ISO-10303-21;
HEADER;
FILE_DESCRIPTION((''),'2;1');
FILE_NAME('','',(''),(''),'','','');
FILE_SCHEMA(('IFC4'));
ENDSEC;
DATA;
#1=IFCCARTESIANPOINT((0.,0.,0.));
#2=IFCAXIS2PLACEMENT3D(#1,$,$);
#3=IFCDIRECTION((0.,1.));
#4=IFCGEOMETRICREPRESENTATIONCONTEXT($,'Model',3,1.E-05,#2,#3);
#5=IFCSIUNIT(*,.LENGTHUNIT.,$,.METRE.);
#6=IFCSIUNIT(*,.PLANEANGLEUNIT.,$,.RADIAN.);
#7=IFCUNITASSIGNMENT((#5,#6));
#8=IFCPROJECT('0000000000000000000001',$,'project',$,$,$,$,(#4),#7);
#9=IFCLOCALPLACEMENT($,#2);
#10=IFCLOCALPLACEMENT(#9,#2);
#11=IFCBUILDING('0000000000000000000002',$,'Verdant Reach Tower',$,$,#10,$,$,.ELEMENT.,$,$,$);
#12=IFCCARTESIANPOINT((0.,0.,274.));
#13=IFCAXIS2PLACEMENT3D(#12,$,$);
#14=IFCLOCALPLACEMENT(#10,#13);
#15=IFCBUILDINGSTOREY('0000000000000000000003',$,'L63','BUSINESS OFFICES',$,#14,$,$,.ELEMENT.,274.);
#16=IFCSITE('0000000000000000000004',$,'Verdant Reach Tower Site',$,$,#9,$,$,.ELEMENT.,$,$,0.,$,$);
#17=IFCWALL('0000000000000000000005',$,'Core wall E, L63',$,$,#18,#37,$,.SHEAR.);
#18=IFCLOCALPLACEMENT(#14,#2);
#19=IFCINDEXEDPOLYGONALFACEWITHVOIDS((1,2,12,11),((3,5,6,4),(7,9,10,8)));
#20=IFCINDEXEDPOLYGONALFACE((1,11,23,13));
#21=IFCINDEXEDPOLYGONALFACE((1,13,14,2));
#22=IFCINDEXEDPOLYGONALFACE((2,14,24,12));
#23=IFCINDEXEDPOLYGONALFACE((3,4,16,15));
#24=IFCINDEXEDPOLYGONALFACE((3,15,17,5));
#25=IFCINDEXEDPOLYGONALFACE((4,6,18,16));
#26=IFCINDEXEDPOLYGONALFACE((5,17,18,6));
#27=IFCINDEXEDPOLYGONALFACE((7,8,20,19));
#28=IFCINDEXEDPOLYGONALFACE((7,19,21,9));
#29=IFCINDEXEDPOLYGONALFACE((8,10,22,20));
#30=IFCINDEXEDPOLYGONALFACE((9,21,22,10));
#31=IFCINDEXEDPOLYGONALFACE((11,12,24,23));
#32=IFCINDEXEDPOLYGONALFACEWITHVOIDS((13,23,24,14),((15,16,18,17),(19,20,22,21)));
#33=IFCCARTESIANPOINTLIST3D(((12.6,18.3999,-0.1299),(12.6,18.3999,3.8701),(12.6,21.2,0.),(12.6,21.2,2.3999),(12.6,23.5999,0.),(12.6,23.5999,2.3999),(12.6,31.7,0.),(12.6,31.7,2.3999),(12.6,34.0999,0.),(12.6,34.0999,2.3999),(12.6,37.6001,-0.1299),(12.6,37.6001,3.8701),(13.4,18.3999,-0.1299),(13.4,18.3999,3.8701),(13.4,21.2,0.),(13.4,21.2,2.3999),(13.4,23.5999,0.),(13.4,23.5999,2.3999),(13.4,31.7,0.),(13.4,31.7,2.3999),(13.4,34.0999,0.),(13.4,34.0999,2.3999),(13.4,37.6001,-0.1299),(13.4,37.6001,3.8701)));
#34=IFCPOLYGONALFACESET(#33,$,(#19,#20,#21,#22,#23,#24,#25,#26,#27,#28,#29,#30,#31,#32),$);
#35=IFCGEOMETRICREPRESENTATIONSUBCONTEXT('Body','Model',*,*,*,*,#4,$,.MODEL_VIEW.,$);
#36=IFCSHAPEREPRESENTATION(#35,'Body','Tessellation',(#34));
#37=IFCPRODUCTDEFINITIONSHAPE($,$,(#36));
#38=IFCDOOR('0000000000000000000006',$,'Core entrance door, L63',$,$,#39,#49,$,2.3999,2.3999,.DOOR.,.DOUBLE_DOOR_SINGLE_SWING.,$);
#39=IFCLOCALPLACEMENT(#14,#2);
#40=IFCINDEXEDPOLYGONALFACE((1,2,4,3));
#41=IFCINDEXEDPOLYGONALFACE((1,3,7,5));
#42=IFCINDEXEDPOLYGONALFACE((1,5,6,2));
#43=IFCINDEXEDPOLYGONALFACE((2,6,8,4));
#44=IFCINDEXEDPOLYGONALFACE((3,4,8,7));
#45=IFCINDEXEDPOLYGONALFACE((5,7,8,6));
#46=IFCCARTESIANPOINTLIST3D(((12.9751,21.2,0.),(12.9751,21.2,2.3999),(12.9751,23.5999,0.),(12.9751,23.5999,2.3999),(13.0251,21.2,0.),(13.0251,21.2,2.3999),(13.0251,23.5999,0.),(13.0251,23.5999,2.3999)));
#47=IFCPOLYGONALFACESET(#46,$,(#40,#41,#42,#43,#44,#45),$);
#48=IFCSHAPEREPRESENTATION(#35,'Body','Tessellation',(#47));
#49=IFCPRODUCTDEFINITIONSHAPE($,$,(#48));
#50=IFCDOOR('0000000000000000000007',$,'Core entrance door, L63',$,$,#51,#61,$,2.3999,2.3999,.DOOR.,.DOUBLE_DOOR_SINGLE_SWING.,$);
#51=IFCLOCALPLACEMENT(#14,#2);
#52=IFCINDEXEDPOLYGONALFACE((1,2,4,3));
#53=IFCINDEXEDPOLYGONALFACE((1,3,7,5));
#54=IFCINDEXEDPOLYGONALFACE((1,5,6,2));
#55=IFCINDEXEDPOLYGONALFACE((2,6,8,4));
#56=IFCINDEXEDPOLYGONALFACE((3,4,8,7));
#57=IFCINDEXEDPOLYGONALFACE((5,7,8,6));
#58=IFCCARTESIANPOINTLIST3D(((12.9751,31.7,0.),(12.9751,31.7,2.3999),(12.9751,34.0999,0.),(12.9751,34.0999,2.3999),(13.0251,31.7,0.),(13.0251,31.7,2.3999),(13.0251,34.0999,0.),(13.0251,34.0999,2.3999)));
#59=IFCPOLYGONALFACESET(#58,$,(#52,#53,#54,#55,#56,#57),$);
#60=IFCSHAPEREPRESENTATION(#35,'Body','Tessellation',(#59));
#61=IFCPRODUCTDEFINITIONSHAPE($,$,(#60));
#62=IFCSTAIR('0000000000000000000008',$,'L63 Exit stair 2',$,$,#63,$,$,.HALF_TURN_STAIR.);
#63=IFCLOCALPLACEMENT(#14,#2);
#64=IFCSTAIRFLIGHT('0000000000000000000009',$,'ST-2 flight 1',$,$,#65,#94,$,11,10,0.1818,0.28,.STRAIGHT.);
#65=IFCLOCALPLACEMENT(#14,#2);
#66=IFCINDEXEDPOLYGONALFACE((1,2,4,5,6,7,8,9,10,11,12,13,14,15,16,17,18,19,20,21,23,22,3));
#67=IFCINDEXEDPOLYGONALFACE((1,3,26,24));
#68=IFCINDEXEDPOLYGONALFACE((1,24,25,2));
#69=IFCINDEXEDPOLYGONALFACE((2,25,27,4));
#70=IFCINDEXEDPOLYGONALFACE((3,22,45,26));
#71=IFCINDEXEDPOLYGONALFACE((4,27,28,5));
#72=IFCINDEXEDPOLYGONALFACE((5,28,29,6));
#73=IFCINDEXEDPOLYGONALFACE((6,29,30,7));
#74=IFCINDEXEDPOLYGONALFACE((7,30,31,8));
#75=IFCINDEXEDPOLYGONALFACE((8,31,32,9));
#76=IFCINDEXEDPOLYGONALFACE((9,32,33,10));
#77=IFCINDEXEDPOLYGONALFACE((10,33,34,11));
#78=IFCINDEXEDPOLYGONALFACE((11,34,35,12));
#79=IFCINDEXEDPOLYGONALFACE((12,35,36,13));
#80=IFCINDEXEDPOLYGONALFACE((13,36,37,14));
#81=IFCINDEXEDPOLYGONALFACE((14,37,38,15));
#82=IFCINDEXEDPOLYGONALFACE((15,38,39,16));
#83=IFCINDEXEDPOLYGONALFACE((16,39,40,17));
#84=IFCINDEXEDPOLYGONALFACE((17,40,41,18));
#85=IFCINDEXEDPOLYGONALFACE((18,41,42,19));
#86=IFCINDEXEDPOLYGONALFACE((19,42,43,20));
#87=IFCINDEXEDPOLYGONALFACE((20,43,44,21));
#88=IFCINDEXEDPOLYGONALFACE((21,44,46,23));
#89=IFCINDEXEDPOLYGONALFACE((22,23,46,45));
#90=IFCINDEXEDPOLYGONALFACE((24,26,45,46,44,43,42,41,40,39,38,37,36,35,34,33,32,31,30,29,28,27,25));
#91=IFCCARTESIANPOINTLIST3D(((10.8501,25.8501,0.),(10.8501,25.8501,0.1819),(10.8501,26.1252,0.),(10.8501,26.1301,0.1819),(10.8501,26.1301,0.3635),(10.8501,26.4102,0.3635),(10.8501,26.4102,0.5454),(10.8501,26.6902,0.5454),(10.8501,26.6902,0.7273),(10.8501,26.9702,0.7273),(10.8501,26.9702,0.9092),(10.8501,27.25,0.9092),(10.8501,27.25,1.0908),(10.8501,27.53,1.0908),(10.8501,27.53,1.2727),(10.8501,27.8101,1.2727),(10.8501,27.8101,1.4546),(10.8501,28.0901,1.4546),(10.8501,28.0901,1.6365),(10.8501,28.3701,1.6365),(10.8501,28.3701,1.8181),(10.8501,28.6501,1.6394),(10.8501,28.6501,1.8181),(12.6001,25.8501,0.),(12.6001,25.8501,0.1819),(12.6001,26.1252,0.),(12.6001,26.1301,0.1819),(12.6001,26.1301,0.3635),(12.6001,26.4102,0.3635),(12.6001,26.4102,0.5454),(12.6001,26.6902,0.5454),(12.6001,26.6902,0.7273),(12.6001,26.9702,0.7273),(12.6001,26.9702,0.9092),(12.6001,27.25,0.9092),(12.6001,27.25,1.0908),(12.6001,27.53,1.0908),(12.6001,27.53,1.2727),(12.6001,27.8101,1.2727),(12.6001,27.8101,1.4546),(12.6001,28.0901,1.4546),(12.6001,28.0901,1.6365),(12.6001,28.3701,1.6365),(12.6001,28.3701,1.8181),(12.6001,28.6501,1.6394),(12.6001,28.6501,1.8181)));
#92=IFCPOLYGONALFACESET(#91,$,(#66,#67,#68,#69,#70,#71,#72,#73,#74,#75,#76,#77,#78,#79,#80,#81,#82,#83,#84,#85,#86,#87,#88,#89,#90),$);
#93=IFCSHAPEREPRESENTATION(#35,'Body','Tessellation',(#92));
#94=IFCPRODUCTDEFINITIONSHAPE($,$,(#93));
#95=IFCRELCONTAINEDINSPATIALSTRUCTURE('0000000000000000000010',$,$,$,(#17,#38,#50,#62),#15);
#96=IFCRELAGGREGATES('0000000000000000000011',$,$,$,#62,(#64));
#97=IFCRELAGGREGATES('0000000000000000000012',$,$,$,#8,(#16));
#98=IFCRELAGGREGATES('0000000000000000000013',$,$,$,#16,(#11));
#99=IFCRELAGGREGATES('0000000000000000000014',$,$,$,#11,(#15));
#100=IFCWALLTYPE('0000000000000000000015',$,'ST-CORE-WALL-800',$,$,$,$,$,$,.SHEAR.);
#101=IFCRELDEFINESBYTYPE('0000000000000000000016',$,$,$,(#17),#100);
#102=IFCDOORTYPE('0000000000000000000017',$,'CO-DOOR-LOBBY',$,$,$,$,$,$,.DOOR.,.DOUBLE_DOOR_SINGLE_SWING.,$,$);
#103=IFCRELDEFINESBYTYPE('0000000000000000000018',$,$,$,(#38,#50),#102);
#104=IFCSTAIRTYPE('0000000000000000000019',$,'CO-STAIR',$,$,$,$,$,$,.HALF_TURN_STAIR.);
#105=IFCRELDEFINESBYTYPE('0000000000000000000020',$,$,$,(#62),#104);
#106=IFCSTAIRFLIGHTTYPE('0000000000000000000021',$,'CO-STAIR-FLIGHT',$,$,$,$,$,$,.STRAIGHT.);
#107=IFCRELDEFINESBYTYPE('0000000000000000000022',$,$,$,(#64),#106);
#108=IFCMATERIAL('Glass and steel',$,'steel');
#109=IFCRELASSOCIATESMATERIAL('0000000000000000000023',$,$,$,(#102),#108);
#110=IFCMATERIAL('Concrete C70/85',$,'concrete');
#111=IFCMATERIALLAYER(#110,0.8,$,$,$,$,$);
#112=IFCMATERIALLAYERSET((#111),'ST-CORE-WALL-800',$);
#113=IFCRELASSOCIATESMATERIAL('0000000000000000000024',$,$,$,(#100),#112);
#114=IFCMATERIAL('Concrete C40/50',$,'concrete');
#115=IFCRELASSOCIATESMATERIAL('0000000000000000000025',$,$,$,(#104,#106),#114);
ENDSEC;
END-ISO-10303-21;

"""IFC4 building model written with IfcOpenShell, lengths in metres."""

from ifc_helpers import new_model, si_unit, direction, frame, frame_2d, origin, place, context, subcontext, project, spatial, polyline, rectangle, outline, extrude, material, layer, layer_set, type_object, element, fill, aggregate, save


model = new_model("IFC4")

# Units and contexts
model_context = context("Model", 3, precision=1e-05, world=origin(), true_north=direction((0.0, 1.0)))
body_context = subcontext(model_context, "Body", "Model", "MODEL_VIEW")
ifc_project = project(units=[si_unit("LENGTHUNIT", "METRE"), si_unit("PLANEANGLEUNIT", "RADIAN")], contexts=[model_context])

# Site, building, storey
site_placement = place(None, origin())
site = spatial("IfcSite", under=ifc_project, at=site_placement, Name="Verdant Reach Tower Site", CompositionType="ELEMENT", RefElevation=0.0)
building_placement = place(site_placement, origin())
building = spatial("IfcBuilding", under=site, at=building_placement, Name="Verdant Reach Tower", CompositionType="ELEMENT")
storey_placement = place(building_placement, frame((0.0, 0.0, 274.0)))
storey = spatial("IfcBuildingStorey", under=building, at=storey_placement, Name="L63", Description="BUSINESS OFFICES", CompositionType="ELEMENT", Elevation=274.0)

# Shared definitions
ifc_material_1 = material(Name="Concrete C40/50", Category="concrete")

# Wall, openings, doors
ifc_material_2 = material(Name="Concrete C70/85", Category="concrete")
ifc_material_3 = material(Name="Glass and steel", Category="steel")
door_type_1 = type_object("IfcDoorType", Name="CO-DOOR-LOBBY", OperationType="DOUBLE_DOOR_SINGLE_SWING", PredefinedType="DOOR", material=ifc_material_3)
ifc_layer_1 = layer(ifc_material_2, 0.8)
ifc_layer_set_1 = layer_set([ifc_layer_1], Name="ST-CORE-WALL-800")
wall_type_1 = type_object("IfcWallType", Name="ST-CORE-WALL-800", PredefinedType="SHEAR", material=ifc_layer_set_1)
wall_1_placement = place(storey_placement, frame((13.0, 18.3999, -0.1299), z_axis=(0.0, 0.0, 1.0), x_axis=(0.0, 1.0, 0.0)))
wall_1 = element("IfcWall", 1, at=wall_1_placement, inside=storey, type_object=wall_type_1, Name="Core wall E, L63", PredefinedType="SHEAR", context=body_context, shape_type="SweptSolid", body=[
    extrude(rectangle(XDim=19.2002, YDim=0.8, at=frame_2d((9.6001, 0.0))), origin(), (0.0, 0.0, 1.0), 4.0),
])
opening_1_placement = place(wall_1_placement, frame((2.8, 0.0, 0.1299)))
opening_1 = element("IfcOpeningElement", 2, at=opening_1_placement, cuts=wall_1, PredefinedType="OPENING", context=body_context, shape_type="SweptSolid", body=[
    extrude(rectangle(XDim=2.3999, YDim=2.3999, at=frame_2d((1.2, 1.2))), frame((0.0, 0.4099, 0.0), z_axis=(0.0, -1.0, 0.0), x_axis=(1.0, 0.0, 0.0)), (0.0, 0.0, 1.0), 0.8201),
])
opening_2_placement = place(wall_1_placement, frame((13.3, 0.0, 0.1299)))
opening_2 = element("IfcOpeningElement", 3, at=opening_2_placement, cuts=wall_1, PredefinedType="OPENING", context=body_context, shape_type="SweptSolid", body=[
    extrude(rectangle(XDim=2.3999, YDim=2.3999, at=frame_2d((1.2, 1.2))), frame((0.0, 0.4099, 0.0), z_axis=(0.0, -1.0, 0.0), x_axis=(1.0, 0.0, 0.0)), (0.0, 0.0, 1.0), 0.8201),
])
door_1_placement = place(opening_1_placement, origin())
door_1 = element("IfcDoor", 4, at=door_1_placement, inside=storey, type_object=door_type_1, Name="Core entrance door, L63", OperationType="DOUBLE_DOOR_SINGLE_SWING", OverallHeight=2.3999, OverallWidth=2.3999, PredefinedType="DOOR", context=body_context, shape_type="SweptSolid", body=[
    extrude(rectangle(XDim=2.3999, YDim=2.3999, at=frame_2d((1.2, 1.2))), frame((0.0, 0.0249, 0.0), z_axis=(0.0, -1.0, 0.0), x_axis=(1.0, 0.0, 0.0)), (0.0, 0.0, 1.0), 0.05),
])
fill(opening_1, door_1)
door_2_placement = place(opening_2_placement, origin())
door_2 = element("IfcDoor", 5, at=door_2_placement, inside=storey, type_object=door_type_1, Name="Core entrance door, L63", OperationType="DOUBLE_DOOR_SINGLE_SWING", OverallHeight=2.3999, OverallWidth=2.3999, PredefinedType="DOOR", context=body_context, shape_type="SweptSolid", body=[
    extrude(rectangle(XDim=2.3999, YDim=2.3999, at=frame_2d((1.2, 1.2))), frame((0.0, 0.0249, 0.0), z_axis=(0.0, -1.0, 0.0), x_axis=(1.0, 0.0, 0.0)), (0.0, 0.0, 1.0), 0.05),
])
fill(opening_2, door_2)

# Stair, stair flight
stair_type = type_object("IfcStairType", Name="CO-STAIR", PredefinedType="HALF_TURN_STAIR", material=ifc_material_1)
stair_placement = place(storey_placement, origin())
stair = element("IfcStair", 6, at=stair_placement, inside=storey, type_object=stair_type, Name="L63 Exit stair 2", PredefinedType="HALF_TURN_STAIR")
stair_flight_type = type_object("IfcStairFlightType", Name="CO-STAIR-FLIGHT", PredefinedType="STRAIGHT", material=ifc_material_1)
stair_flight_placement = place(storey_placement, frame((11.7251, 25.8501, 0.0), z_axis=(0.0, 0.0, 1.0), x_axis=(0.0, 1.0, 0.0)))
stair_flight = element("IfcStairFlight", 7, at=stair_flight_placement, type_object=stair_flight_type, Name="ST-2 flight 1", NumberOfRisers=11, NumberOfTreads=10, PredefinedType="STRAIGHT", RiserHeight=0.1818, TreadLength=0.28, context=body_context, shape_type="SweptSolid", body=[
    extrude(outline(polyline([(0.0, 0.0), (0.0, 0.1819), (0.28, 0.1819), (0.28, 0.3635), (0.5601, 0.3635), (0.5601, 0.5454), (0.8401, 0.5454), (0.8401, 0.7273), (1.1201, 0.7273), (1.1201, 0.9092), (1.3999, 0.9092), (1.3999, 1.0908), (1.6799, 1.0908), (1.6799, 1.2727), (1.96, 1.2727), (1.96, 1.4546), (2.24, 1.4546), (2.24, 1.6365), (2.52, 1.6365), (2.52, 1.8181), (2.8, 1.8181), (2.8, 2.0), (2.8, 1.6394), (0.2751, 0.0), (0.0, 0.0)])), frame((0.0, 0.875, 0.0), z_axis=(0.0, -1.0, 0.0), x_axis=(1.0, 0.0, 0.0)), (0.0, 0.0, 1.0), 1.75),
])
aggregate(stair, [stair_flight])

save(model, "model.ifc")
